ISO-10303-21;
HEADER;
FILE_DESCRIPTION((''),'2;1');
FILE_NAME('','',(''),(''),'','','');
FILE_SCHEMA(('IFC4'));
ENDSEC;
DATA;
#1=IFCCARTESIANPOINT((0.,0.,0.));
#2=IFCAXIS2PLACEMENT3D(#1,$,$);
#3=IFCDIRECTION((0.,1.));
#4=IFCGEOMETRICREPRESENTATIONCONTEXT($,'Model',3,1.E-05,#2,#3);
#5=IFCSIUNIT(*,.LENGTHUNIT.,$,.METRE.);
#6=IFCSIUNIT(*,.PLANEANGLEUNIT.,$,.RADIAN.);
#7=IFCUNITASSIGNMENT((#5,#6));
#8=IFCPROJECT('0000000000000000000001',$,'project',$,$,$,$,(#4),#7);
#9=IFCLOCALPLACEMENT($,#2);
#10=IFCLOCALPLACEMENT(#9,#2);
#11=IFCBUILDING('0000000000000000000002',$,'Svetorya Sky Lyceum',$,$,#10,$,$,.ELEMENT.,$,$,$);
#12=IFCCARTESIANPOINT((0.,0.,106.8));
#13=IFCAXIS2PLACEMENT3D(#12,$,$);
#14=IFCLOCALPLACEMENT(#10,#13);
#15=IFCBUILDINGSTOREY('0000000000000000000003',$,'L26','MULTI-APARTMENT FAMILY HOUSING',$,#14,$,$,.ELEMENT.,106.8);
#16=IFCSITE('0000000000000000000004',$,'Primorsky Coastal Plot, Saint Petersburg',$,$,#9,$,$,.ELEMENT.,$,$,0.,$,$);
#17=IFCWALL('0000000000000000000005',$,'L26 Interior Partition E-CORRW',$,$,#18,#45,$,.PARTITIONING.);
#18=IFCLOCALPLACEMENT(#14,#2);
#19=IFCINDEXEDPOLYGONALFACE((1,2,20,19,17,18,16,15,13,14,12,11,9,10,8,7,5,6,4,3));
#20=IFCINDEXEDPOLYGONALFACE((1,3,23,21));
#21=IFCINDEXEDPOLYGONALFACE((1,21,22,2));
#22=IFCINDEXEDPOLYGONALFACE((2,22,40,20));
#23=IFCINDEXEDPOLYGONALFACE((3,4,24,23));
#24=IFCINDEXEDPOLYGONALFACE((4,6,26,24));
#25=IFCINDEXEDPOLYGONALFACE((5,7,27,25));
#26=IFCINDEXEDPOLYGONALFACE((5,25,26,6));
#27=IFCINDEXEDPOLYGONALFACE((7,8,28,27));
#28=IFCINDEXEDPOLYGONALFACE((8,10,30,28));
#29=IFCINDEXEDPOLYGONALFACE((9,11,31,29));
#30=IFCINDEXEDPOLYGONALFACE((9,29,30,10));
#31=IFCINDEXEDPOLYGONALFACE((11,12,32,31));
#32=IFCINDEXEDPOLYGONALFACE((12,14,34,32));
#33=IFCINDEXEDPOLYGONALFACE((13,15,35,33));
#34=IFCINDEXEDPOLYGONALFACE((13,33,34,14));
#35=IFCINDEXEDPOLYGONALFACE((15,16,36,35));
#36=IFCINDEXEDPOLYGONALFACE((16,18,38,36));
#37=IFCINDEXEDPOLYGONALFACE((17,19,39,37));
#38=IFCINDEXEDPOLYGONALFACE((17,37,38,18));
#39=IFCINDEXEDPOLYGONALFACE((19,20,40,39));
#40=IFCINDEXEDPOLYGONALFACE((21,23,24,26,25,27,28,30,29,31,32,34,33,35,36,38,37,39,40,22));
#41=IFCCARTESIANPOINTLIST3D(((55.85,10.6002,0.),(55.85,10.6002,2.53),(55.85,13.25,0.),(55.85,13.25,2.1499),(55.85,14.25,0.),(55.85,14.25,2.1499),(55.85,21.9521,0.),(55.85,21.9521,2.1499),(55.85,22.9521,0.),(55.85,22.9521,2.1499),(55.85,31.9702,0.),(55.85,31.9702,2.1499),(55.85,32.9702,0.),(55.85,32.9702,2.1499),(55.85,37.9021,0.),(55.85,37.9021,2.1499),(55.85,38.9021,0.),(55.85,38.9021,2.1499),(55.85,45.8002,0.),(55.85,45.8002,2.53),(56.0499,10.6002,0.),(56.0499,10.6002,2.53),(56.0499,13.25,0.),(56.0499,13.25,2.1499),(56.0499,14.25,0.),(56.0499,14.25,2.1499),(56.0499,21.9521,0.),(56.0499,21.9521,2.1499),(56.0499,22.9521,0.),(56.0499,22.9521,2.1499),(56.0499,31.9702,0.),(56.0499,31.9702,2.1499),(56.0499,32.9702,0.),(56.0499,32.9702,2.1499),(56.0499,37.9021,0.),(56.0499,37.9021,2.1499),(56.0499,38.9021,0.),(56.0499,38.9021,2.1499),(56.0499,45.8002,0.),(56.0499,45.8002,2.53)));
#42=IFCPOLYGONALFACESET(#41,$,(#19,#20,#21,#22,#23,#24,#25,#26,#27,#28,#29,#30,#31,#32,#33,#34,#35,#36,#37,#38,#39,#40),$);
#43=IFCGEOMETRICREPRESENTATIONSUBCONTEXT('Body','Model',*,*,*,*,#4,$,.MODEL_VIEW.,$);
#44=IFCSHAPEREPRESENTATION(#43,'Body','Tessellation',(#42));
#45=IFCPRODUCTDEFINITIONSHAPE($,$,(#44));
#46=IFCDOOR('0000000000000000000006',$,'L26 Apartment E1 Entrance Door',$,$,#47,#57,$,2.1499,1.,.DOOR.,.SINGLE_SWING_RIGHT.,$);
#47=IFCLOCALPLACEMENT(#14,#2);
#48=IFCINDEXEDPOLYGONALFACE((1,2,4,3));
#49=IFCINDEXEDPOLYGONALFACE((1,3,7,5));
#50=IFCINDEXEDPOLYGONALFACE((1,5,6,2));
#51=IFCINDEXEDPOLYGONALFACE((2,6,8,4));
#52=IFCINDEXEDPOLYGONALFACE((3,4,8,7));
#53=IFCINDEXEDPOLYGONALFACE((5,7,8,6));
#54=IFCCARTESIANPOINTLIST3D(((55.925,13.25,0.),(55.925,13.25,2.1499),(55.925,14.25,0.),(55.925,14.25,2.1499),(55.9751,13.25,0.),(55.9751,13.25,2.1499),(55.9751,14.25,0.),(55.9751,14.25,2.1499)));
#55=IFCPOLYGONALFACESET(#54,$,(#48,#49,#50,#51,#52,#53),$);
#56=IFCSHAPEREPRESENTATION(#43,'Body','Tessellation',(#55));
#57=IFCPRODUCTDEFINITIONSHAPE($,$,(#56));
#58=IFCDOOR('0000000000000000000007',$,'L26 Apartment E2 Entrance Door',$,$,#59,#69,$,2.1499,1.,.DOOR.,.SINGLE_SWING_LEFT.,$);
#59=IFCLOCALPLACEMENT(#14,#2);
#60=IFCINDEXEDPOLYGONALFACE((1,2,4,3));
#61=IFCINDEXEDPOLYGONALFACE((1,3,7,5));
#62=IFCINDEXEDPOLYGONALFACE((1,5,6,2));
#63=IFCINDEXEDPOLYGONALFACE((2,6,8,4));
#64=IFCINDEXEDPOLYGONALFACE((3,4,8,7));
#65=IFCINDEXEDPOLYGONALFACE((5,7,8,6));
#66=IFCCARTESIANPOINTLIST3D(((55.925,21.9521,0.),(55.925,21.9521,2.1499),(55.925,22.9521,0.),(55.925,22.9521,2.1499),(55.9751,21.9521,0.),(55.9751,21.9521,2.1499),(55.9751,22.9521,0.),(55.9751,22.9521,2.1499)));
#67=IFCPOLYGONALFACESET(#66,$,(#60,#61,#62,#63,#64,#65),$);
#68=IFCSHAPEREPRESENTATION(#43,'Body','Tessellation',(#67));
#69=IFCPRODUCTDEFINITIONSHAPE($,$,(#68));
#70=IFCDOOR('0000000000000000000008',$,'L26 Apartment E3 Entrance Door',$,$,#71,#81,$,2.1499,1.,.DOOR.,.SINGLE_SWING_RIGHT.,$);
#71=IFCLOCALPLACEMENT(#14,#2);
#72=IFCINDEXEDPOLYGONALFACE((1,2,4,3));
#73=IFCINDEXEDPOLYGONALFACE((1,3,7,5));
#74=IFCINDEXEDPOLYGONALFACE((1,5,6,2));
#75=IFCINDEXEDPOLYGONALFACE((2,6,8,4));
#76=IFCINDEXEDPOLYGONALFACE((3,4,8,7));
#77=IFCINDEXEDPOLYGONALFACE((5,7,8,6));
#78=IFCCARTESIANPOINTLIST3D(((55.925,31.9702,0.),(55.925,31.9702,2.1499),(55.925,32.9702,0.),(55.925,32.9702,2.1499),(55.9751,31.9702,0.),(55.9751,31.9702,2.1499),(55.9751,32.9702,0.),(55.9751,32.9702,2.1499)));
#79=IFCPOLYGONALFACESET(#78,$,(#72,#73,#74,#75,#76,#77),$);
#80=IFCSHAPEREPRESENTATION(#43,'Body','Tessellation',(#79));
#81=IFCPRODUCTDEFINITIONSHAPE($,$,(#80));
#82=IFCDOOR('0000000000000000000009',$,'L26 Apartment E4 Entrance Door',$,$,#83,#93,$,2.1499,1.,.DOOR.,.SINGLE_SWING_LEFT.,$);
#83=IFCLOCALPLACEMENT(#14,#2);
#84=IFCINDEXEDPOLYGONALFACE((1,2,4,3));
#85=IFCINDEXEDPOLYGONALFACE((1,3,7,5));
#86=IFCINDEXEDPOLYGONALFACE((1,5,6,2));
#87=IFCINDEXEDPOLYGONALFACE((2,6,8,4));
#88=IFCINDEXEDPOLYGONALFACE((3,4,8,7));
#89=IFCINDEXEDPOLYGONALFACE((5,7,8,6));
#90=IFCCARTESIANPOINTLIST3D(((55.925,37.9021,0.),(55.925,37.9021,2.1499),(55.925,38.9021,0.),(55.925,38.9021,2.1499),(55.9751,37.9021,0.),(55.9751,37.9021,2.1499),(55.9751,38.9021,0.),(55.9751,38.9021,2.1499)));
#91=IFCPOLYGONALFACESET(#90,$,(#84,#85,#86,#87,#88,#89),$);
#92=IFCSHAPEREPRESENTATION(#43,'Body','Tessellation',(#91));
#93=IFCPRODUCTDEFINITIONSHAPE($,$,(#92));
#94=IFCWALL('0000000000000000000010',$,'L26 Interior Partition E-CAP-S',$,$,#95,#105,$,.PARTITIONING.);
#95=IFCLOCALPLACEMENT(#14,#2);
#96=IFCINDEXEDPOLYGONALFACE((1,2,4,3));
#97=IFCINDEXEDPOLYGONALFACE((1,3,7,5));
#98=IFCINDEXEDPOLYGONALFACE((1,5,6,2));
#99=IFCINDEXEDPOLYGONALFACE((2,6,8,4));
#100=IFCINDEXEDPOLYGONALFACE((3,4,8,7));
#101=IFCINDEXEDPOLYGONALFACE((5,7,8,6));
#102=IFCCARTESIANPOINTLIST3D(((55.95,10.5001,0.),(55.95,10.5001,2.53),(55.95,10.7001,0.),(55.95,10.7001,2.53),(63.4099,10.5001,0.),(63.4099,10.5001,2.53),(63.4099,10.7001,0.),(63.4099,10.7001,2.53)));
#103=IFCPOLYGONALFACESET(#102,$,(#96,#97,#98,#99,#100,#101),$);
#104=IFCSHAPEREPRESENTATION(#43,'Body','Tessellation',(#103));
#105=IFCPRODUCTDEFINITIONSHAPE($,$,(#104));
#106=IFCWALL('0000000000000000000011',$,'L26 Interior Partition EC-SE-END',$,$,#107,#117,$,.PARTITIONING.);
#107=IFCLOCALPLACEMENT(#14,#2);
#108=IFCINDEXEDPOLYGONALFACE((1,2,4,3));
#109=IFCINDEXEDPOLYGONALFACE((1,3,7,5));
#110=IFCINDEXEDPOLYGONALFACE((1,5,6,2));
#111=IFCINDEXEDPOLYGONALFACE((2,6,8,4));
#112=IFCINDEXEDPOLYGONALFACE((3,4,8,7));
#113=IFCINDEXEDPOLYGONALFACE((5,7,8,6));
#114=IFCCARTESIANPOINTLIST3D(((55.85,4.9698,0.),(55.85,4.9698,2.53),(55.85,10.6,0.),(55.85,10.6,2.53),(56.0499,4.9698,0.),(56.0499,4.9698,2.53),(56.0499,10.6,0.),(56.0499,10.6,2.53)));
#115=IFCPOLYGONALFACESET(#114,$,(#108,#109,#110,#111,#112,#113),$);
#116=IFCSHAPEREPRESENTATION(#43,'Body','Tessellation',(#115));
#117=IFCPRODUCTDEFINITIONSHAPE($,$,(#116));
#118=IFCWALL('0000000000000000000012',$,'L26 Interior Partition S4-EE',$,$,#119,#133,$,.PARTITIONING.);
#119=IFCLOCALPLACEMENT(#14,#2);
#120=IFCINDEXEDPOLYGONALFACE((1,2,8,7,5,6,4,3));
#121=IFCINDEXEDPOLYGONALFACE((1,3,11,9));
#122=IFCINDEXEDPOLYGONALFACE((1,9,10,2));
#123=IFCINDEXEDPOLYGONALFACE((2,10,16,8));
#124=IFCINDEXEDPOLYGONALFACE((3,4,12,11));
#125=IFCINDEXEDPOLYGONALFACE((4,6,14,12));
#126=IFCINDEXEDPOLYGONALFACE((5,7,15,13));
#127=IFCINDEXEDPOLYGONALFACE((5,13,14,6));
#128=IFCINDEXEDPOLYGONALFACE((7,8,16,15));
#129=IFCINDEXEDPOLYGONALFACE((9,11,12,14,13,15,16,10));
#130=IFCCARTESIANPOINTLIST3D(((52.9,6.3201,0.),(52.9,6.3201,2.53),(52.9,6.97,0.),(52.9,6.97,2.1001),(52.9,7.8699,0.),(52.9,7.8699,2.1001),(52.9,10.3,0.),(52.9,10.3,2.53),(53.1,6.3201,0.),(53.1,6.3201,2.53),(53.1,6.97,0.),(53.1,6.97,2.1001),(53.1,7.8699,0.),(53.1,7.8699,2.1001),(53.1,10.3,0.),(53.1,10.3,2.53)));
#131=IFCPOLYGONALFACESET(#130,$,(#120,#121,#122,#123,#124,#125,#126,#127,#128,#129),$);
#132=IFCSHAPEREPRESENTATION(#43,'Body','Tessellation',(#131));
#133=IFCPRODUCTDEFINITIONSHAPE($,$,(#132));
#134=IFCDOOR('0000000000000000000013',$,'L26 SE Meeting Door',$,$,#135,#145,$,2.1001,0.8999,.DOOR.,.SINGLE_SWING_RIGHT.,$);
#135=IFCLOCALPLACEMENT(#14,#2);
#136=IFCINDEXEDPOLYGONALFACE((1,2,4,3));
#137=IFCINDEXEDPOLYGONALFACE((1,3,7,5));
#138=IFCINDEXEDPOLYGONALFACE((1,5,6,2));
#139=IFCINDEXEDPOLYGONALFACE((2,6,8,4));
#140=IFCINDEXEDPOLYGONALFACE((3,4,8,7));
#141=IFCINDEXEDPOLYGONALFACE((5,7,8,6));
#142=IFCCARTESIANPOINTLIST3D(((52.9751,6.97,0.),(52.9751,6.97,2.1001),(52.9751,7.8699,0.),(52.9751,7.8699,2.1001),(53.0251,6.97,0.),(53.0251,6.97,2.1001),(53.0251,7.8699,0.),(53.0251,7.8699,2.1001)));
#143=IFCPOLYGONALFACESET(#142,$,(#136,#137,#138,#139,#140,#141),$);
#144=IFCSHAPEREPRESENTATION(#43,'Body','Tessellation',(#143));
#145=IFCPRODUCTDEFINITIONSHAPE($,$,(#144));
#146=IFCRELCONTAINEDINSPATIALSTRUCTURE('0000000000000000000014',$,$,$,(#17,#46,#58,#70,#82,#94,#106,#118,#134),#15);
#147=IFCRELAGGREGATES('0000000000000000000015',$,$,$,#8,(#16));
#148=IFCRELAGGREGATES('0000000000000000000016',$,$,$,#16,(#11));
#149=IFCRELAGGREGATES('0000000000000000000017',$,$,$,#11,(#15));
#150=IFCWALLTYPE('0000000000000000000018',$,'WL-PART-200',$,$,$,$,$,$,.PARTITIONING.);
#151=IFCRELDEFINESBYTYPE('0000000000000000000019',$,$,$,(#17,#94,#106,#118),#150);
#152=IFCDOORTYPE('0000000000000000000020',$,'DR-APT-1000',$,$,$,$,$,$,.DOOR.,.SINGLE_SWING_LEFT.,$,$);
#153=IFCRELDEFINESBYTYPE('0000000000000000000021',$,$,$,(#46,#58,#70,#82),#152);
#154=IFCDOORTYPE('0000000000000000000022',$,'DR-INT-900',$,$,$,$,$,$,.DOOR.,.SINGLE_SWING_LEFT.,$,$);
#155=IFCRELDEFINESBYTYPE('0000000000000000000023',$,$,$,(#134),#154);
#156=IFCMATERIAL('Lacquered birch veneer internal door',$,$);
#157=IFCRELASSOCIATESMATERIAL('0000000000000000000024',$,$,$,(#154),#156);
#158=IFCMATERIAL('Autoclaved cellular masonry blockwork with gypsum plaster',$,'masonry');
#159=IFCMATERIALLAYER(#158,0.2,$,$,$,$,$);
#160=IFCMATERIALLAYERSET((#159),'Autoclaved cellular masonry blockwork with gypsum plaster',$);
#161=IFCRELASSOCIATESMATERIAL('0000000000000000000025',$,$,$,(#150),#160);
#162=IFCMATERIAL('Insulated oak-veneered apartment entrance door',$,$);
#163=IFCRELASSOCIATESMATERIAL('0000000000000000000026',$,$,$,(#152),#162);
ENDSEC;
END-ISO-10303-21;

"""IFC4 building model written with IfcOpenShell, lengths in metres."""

from ifc_helpers import new_model, si_unit, direction, frame, frame_2d, origin, place, context, subcontext, project, spatial, rectangle, extrude, material, layer, layer_set, type_object, element, fill, save


model = new_model("IFC4")

# Units and contexts
model_context = context("Model", 3, precision=1e-05, world=origin(), true_north=direction((0.0, 1.0)))
body_context = subcontext(model_context, "Body", "Model", "MODEL_VIEW")
ifc_project = project(units=[si_unit("LENGTHUNIT", "METRE"), si_unit("PLANEANGLEUNIT", "RADIAN")], contexts=[model_context])

# Site, building, storey
site_placement = place(None, origin())
site = spatial("IfcSite", under=ifc_project, at=site_placement, Name="Primorsky Coastal Plot, Saint Petersburg", CompositionType="ELEMENT", RefElevation=0.0)
building_placement = place(site_placement, origin())
building = spatial("IfcBuilding", under=site, at=building_placement, Name="Svetorya Sky Lyceum", CompositionType="ELEMENT")
storey_placement = place(building_placement, frame((0.0, 0.0, 106.8)))
storey = spatial("IfcBuildingStorey", under=building, at=storey_placement, Name="L26", Description="MULTI-APARTMENT FAMILY HOUSING", CompositionType="ELEMENT", Elevation=106.8)

# Shared definitions
ifc_material_1 = material(Name="Lacquered birch veneer internal door")
door_type_1 = type_object("IfcDoorType", Name="DR-INT-900", OperationType="SINGLE_SWING_LEFT", PredefinedType="DOOR", material=ifc_material_1)

# Wall, openings, doors
ifc_material_2 = material(Name="Autoclaved cellular masonry blockwork with gypsum plaster", Category="masonry")
ifc_layer_1 = layer(ifc_material_2, 0.2)
ifc_layer_set_1 = layer_set([ifc_layer_1], Name="Autoclaved cellular masonry blockwork with gypsum plaster")
wall_type_1 = type_object("IfcWallType", Name="WL-PART-200", PredefinedType="PARTITIONING", material=ifc_layer_set_1)
wall_1_placement = place(storey_placement, frame((55.95, 10.6001, 0.0), z_axis=(0.0, 0.0, 1.0), x_axis=(0.0, 1.0, 0.0)))
wall_1 = element("IfcWall", 1, at=wall_1_placement, inside=storey, type_object=wall_type_1, Name="L26 Interior Partition E-CORRW", PredefinedType="PARTITIONING", context=body_context, shape_type="SweptSolid", body=[
    extrude(rectangle(XDim=35.2, YDim=0.2, at=frame_2d((17.6001, 0.0))), origin(), (0.0, 0.0, 1.0), 2.53),
])
opening_1_placement = place(wall_1_placement, frame((2.6499, 0.0, 0.0)))
opening_1 = element("IfcOpeningElement", 2, at=opening_1_placement, cuts=wall_1, PredefinedType="OPENING", context=body_context, shape_type="SweptSolid", body=[
    extrude(rectangle(XDim=1.0, YDim=2.1499, at=frame_2d((0.5, 1.075))), frame((0.0, 0.1099, 0.0), z_axis=(0.0, -1.0, 0.0), x_axis=(1.0, 0.0, 0.0)), (0.0, 0.0, 1.0), 0.22),
])
opening_2_placement = place(wall_1_placement, frame((11.3521, 0.0, 0.0)))
opening_2 = element("IfcOpeningElement", 3, at=opening_2_placement, cuts=wall_1, PredefinedType="OPENING", context=body_context, shape_type="SweptSolid", body=[
    extrude(rectangle(XDim=1.0, YDim=2.1499, at=frame_2d((0.5, 1.075))), frame((0.0, 0.1099, 0.0), z_axis=(0.0, -1.0, 0.0), x_axis=(1.0, 0.0, 0.0)), (0.0, 0.0, 1.0), 0.22),
])
opening_3_placement = place(wall_1_placement, frame((21.3701, 0.0, 0.0)))
opening_3 = element("IfcOpeningElement", 4, at=opening_3_placement, cuts=wall_1, PredefinedType="OPENING", context=body_context, shape_type="SweptSolid", body=[
    extrude(rectangle(XDim=1.0, YDim=2.1499, at=frame_2d((0.5, 1.075))), frame((0.0, 0.1099, 0.0), z_axis=(0.0, -1.0, 0.0), x_axis=(1.0, 0.0, 0.0)), (0.0, 0.0, 1.0), 0.22),
])
opening_4_placement = place(wall_1_placement, frame((27.302, 0.0, 0.0)))
opening_4 = element("IfcOpeningElement", 5, at=opening_4_placement, cuts=wall_1, PredefinedType="OPENING", context=body_context, shape_type="SweptSolid", body=[
    extrude(rectangle(XDim=1.0, YDim=2.1499, at=frame_2d((0.5, 1.075))), frame((0.0, 0.1099, 0.0), z_axis=(0.0, -1.0, 0.0), x_axis=(1.0, 0.0, 0.0)), (0.0, 0.0, 1.0), 0.22),
])
ifc_material_3 = material(Name="Insulated oak-veneered apartment entrance door")
door_type_2 = type_object("IfcDoorType", Name="DR-APT-1000", OperationType="SINGLE_SWING_LEFT", PredefinedType="DOOR", material=ifc_material_3)
door_1_placement = place(opening_1_placement, origin())
door_1 = element("IfcDoor", 6, at=door_1_placement, inside=storey, type_object=door_type_2, Name="L26 Apartment E1 Entrance Door", OperationType="SINGLE_SWING_RIGHT", OverallHeight=2.1499, OverallWidth=1.0, PredefinedType="DOOR", context=body_context, shape_type="SweptSolid", body=[
    extrude(rectangle(XDim=1.0, YDim=2.1499, at=frame_2d((0.5, 1.075))), frame((0.0, 0.0249, 0.0), z_axis=(0.0, -1.0, 0.0), x_axis=(1.0, 0.0, 0.0)), (0.0, 0.0, 1.0), 0.05),
])
fill(opening_1, door_1)
door_2_placement = place(opening_2_placement, origin())
door_2 = element("IfcDoor", 7, at=door_2_placement, inside=storey, type_object=door_type_2, Name="L26 Apartment E2 Entrance Door", OperationType="SINGLE_SWING_LEFT", OverallHeight=2.1499, OverallWidth=1.0, PredefinedType="DOOR", context=body_context, shape_type="SweptSolid", body=[
    extrude(rectangle(XDim=1.0, YDim=2.1499, at=frame_2d((0.5, 1.075))), frame((0.0, 0.0249, 0.0), z_axis=(0.0, -1.0, 0.0), x_axis=(1.0, 0.0, 0.0)), (0.0, 0.0, 1.0), 0.05),
])
fill(opening_2, door_2)
door_3_placement = place(opening_3_placement, origin())
door_3 = element("IfcDoor", 8, at=door_3_placement, inside=storey, type_object=door_type_2, Name="L26 Apartment E3 Entrance Door", OperationType="SINGLE_SWING_RIGHT", OverallHeight=2.1499, OverallWidth=1.0, PredefinedType="DOOR", context=body_context, shape_type="SweptSolid", body=[
    extrude(rectangle(XDim=1.0, YDim=2.1499, at=frame_2d((0.5, 1.075))), frame((0.0, 0.0249, 0.0), z_axis=(0.0, -1.0, 0.0), x_axis=(1.0, 0.0, 0.0)), (0.0, 0.0, 1.0), 0.05),
])
fill(opening_3, door_3)
door_4_placement = place(opening_4_placement, origin())
door_4 = element("IfcDoor", 9, at=door_4_placement, inside=storey, type_object=door_type_2, Name="L26 Apartment E4 Entrance Door", OperationType="SINGLE_SWING_LEFT", OverallHeight=2.1499, OverallWidth=1.0, PredefinedType="DOOR", context=body_context, shape_type="SweptSolid", body=[
    extrude(rectangle(XDim=1.0, YDim=2.1499, at=frame_2d((0.5, 1.075))), frame((0.0, 0.0249, 0.0), z_axis=(0.0, -1.0, 0.0), x_axis=(1.0, 0.0, 0.0)), (0.0, 0.0, 1.0), 0.05),
])
fill(opening_4, door_4)

# Walls
wall_2_placement = place(storey_placement, frame((55.95, 10.6001, 0.0), z_axis=(0.0, 0.0, 1.0), x_axis=(1.0, 0.0, 0.0)))
element("IfcWall", 10, at=wall_2_placement, inside=storey, type_object=wall_type_1, Name="L26 Interior Partition E-CAP-S", PredefinedType="PARTITIONING", context=body_context, shape_type="SweptSolid", body=[
    extrude(rectangle(XDim=7.46, YDim=0.2, at=frame_2d((3.73, 0.0))), origin(), (0.0, 0.0, 1.0), 2.53),
])
wall_3_placement = place(storey_placement, frame((55.95, 4.97, 0.0), z_axis=(0.0, 0.0, 1.0), x_axis=(0.0, 1.0, 0.0)))
element("IfcWall", 11, at=wall_3_placement, inside=storey, type_object=wall_type_1, Name="L26 Interior Partition EC-SE-END", PredefinedType="PARTITIONING", context=body_context, shape_type="SweptSolid", body=[
    extrude(rectangle(XDim=5.6301, YDim=0.2, at=frame_2d((2.8149, 0.0))), origin(), (0.0, 0.0, 1.0), 2.53),
])

# Wall, opening, door
wall_4_placement = place(storey_placement, frame((53.0, 6.3201, 0.0), z_axis=(0.0, 0.0, 1.0), x_axis=(0.0, 1.0, 0.0)))
wall_4 = element("IfcWall", 12, at=wall_4_placement, inside=storey, type_object=wall_type_1, Name="L26 Interior Partition S4-EE", PredefinedType="PARTITIONING", context=body_context, shape_type="SweptSolid", body=[
    extrude(rectangle(XDim=3.98, YDim=0.2, at=frame_2d((1.99, 0.0))), origin(), (0.0, 0.0, 1.0), 2.53),
])
opening_5_placement = place(wall_4_placement, frame((0.6499, 0.0, 0.0)))
opening_5 = element("IfcOpeningElement", 13, at=opening_5_placement, cuts=wall_4, PredefinedType="OPENING", context=body_context, shape_type="SweptSolid", body=[
    extrude(rectangle(XDim=0.8999, YDim=2.1001, at=frame_2d((0.45, 1.05))), frame((0.0, 0.1099, 0.0), z_axis=(0.0, -1.0, 0.0), x_axis=(1.0, 0.0, 0.0)), (0.0, 0.0, 1.0), 0.22),
])
door_5_placement = place(opening_5_placement, origin())
door_5 = element("IfcDoor", 14, at=door_5_placement, inside=storey, type_object=door_type_1, Name="L26 SE Meeting Door", OperationType="SINGLE_SWING_RIGHT", OverallHeight=2.1001, OverallWidth=0.8999, PredefinedType="DOOR", context=body_context, shape_type="SweptSolid", body=[
    extrude(rectangle(XDim=0.8999, YDim=2.1001, at=frame_2d((0.45, 1.05))), frame((0.0, 0.0249, 0.0), z_axis=(0.0, -1.0, 0.0), x_axis=(1.0, 0.0, 0.0)), (0.0, 0.0, 1.0), 0.05),
])
fill(opening_5, door_5)

save(model, "model.ifc")
